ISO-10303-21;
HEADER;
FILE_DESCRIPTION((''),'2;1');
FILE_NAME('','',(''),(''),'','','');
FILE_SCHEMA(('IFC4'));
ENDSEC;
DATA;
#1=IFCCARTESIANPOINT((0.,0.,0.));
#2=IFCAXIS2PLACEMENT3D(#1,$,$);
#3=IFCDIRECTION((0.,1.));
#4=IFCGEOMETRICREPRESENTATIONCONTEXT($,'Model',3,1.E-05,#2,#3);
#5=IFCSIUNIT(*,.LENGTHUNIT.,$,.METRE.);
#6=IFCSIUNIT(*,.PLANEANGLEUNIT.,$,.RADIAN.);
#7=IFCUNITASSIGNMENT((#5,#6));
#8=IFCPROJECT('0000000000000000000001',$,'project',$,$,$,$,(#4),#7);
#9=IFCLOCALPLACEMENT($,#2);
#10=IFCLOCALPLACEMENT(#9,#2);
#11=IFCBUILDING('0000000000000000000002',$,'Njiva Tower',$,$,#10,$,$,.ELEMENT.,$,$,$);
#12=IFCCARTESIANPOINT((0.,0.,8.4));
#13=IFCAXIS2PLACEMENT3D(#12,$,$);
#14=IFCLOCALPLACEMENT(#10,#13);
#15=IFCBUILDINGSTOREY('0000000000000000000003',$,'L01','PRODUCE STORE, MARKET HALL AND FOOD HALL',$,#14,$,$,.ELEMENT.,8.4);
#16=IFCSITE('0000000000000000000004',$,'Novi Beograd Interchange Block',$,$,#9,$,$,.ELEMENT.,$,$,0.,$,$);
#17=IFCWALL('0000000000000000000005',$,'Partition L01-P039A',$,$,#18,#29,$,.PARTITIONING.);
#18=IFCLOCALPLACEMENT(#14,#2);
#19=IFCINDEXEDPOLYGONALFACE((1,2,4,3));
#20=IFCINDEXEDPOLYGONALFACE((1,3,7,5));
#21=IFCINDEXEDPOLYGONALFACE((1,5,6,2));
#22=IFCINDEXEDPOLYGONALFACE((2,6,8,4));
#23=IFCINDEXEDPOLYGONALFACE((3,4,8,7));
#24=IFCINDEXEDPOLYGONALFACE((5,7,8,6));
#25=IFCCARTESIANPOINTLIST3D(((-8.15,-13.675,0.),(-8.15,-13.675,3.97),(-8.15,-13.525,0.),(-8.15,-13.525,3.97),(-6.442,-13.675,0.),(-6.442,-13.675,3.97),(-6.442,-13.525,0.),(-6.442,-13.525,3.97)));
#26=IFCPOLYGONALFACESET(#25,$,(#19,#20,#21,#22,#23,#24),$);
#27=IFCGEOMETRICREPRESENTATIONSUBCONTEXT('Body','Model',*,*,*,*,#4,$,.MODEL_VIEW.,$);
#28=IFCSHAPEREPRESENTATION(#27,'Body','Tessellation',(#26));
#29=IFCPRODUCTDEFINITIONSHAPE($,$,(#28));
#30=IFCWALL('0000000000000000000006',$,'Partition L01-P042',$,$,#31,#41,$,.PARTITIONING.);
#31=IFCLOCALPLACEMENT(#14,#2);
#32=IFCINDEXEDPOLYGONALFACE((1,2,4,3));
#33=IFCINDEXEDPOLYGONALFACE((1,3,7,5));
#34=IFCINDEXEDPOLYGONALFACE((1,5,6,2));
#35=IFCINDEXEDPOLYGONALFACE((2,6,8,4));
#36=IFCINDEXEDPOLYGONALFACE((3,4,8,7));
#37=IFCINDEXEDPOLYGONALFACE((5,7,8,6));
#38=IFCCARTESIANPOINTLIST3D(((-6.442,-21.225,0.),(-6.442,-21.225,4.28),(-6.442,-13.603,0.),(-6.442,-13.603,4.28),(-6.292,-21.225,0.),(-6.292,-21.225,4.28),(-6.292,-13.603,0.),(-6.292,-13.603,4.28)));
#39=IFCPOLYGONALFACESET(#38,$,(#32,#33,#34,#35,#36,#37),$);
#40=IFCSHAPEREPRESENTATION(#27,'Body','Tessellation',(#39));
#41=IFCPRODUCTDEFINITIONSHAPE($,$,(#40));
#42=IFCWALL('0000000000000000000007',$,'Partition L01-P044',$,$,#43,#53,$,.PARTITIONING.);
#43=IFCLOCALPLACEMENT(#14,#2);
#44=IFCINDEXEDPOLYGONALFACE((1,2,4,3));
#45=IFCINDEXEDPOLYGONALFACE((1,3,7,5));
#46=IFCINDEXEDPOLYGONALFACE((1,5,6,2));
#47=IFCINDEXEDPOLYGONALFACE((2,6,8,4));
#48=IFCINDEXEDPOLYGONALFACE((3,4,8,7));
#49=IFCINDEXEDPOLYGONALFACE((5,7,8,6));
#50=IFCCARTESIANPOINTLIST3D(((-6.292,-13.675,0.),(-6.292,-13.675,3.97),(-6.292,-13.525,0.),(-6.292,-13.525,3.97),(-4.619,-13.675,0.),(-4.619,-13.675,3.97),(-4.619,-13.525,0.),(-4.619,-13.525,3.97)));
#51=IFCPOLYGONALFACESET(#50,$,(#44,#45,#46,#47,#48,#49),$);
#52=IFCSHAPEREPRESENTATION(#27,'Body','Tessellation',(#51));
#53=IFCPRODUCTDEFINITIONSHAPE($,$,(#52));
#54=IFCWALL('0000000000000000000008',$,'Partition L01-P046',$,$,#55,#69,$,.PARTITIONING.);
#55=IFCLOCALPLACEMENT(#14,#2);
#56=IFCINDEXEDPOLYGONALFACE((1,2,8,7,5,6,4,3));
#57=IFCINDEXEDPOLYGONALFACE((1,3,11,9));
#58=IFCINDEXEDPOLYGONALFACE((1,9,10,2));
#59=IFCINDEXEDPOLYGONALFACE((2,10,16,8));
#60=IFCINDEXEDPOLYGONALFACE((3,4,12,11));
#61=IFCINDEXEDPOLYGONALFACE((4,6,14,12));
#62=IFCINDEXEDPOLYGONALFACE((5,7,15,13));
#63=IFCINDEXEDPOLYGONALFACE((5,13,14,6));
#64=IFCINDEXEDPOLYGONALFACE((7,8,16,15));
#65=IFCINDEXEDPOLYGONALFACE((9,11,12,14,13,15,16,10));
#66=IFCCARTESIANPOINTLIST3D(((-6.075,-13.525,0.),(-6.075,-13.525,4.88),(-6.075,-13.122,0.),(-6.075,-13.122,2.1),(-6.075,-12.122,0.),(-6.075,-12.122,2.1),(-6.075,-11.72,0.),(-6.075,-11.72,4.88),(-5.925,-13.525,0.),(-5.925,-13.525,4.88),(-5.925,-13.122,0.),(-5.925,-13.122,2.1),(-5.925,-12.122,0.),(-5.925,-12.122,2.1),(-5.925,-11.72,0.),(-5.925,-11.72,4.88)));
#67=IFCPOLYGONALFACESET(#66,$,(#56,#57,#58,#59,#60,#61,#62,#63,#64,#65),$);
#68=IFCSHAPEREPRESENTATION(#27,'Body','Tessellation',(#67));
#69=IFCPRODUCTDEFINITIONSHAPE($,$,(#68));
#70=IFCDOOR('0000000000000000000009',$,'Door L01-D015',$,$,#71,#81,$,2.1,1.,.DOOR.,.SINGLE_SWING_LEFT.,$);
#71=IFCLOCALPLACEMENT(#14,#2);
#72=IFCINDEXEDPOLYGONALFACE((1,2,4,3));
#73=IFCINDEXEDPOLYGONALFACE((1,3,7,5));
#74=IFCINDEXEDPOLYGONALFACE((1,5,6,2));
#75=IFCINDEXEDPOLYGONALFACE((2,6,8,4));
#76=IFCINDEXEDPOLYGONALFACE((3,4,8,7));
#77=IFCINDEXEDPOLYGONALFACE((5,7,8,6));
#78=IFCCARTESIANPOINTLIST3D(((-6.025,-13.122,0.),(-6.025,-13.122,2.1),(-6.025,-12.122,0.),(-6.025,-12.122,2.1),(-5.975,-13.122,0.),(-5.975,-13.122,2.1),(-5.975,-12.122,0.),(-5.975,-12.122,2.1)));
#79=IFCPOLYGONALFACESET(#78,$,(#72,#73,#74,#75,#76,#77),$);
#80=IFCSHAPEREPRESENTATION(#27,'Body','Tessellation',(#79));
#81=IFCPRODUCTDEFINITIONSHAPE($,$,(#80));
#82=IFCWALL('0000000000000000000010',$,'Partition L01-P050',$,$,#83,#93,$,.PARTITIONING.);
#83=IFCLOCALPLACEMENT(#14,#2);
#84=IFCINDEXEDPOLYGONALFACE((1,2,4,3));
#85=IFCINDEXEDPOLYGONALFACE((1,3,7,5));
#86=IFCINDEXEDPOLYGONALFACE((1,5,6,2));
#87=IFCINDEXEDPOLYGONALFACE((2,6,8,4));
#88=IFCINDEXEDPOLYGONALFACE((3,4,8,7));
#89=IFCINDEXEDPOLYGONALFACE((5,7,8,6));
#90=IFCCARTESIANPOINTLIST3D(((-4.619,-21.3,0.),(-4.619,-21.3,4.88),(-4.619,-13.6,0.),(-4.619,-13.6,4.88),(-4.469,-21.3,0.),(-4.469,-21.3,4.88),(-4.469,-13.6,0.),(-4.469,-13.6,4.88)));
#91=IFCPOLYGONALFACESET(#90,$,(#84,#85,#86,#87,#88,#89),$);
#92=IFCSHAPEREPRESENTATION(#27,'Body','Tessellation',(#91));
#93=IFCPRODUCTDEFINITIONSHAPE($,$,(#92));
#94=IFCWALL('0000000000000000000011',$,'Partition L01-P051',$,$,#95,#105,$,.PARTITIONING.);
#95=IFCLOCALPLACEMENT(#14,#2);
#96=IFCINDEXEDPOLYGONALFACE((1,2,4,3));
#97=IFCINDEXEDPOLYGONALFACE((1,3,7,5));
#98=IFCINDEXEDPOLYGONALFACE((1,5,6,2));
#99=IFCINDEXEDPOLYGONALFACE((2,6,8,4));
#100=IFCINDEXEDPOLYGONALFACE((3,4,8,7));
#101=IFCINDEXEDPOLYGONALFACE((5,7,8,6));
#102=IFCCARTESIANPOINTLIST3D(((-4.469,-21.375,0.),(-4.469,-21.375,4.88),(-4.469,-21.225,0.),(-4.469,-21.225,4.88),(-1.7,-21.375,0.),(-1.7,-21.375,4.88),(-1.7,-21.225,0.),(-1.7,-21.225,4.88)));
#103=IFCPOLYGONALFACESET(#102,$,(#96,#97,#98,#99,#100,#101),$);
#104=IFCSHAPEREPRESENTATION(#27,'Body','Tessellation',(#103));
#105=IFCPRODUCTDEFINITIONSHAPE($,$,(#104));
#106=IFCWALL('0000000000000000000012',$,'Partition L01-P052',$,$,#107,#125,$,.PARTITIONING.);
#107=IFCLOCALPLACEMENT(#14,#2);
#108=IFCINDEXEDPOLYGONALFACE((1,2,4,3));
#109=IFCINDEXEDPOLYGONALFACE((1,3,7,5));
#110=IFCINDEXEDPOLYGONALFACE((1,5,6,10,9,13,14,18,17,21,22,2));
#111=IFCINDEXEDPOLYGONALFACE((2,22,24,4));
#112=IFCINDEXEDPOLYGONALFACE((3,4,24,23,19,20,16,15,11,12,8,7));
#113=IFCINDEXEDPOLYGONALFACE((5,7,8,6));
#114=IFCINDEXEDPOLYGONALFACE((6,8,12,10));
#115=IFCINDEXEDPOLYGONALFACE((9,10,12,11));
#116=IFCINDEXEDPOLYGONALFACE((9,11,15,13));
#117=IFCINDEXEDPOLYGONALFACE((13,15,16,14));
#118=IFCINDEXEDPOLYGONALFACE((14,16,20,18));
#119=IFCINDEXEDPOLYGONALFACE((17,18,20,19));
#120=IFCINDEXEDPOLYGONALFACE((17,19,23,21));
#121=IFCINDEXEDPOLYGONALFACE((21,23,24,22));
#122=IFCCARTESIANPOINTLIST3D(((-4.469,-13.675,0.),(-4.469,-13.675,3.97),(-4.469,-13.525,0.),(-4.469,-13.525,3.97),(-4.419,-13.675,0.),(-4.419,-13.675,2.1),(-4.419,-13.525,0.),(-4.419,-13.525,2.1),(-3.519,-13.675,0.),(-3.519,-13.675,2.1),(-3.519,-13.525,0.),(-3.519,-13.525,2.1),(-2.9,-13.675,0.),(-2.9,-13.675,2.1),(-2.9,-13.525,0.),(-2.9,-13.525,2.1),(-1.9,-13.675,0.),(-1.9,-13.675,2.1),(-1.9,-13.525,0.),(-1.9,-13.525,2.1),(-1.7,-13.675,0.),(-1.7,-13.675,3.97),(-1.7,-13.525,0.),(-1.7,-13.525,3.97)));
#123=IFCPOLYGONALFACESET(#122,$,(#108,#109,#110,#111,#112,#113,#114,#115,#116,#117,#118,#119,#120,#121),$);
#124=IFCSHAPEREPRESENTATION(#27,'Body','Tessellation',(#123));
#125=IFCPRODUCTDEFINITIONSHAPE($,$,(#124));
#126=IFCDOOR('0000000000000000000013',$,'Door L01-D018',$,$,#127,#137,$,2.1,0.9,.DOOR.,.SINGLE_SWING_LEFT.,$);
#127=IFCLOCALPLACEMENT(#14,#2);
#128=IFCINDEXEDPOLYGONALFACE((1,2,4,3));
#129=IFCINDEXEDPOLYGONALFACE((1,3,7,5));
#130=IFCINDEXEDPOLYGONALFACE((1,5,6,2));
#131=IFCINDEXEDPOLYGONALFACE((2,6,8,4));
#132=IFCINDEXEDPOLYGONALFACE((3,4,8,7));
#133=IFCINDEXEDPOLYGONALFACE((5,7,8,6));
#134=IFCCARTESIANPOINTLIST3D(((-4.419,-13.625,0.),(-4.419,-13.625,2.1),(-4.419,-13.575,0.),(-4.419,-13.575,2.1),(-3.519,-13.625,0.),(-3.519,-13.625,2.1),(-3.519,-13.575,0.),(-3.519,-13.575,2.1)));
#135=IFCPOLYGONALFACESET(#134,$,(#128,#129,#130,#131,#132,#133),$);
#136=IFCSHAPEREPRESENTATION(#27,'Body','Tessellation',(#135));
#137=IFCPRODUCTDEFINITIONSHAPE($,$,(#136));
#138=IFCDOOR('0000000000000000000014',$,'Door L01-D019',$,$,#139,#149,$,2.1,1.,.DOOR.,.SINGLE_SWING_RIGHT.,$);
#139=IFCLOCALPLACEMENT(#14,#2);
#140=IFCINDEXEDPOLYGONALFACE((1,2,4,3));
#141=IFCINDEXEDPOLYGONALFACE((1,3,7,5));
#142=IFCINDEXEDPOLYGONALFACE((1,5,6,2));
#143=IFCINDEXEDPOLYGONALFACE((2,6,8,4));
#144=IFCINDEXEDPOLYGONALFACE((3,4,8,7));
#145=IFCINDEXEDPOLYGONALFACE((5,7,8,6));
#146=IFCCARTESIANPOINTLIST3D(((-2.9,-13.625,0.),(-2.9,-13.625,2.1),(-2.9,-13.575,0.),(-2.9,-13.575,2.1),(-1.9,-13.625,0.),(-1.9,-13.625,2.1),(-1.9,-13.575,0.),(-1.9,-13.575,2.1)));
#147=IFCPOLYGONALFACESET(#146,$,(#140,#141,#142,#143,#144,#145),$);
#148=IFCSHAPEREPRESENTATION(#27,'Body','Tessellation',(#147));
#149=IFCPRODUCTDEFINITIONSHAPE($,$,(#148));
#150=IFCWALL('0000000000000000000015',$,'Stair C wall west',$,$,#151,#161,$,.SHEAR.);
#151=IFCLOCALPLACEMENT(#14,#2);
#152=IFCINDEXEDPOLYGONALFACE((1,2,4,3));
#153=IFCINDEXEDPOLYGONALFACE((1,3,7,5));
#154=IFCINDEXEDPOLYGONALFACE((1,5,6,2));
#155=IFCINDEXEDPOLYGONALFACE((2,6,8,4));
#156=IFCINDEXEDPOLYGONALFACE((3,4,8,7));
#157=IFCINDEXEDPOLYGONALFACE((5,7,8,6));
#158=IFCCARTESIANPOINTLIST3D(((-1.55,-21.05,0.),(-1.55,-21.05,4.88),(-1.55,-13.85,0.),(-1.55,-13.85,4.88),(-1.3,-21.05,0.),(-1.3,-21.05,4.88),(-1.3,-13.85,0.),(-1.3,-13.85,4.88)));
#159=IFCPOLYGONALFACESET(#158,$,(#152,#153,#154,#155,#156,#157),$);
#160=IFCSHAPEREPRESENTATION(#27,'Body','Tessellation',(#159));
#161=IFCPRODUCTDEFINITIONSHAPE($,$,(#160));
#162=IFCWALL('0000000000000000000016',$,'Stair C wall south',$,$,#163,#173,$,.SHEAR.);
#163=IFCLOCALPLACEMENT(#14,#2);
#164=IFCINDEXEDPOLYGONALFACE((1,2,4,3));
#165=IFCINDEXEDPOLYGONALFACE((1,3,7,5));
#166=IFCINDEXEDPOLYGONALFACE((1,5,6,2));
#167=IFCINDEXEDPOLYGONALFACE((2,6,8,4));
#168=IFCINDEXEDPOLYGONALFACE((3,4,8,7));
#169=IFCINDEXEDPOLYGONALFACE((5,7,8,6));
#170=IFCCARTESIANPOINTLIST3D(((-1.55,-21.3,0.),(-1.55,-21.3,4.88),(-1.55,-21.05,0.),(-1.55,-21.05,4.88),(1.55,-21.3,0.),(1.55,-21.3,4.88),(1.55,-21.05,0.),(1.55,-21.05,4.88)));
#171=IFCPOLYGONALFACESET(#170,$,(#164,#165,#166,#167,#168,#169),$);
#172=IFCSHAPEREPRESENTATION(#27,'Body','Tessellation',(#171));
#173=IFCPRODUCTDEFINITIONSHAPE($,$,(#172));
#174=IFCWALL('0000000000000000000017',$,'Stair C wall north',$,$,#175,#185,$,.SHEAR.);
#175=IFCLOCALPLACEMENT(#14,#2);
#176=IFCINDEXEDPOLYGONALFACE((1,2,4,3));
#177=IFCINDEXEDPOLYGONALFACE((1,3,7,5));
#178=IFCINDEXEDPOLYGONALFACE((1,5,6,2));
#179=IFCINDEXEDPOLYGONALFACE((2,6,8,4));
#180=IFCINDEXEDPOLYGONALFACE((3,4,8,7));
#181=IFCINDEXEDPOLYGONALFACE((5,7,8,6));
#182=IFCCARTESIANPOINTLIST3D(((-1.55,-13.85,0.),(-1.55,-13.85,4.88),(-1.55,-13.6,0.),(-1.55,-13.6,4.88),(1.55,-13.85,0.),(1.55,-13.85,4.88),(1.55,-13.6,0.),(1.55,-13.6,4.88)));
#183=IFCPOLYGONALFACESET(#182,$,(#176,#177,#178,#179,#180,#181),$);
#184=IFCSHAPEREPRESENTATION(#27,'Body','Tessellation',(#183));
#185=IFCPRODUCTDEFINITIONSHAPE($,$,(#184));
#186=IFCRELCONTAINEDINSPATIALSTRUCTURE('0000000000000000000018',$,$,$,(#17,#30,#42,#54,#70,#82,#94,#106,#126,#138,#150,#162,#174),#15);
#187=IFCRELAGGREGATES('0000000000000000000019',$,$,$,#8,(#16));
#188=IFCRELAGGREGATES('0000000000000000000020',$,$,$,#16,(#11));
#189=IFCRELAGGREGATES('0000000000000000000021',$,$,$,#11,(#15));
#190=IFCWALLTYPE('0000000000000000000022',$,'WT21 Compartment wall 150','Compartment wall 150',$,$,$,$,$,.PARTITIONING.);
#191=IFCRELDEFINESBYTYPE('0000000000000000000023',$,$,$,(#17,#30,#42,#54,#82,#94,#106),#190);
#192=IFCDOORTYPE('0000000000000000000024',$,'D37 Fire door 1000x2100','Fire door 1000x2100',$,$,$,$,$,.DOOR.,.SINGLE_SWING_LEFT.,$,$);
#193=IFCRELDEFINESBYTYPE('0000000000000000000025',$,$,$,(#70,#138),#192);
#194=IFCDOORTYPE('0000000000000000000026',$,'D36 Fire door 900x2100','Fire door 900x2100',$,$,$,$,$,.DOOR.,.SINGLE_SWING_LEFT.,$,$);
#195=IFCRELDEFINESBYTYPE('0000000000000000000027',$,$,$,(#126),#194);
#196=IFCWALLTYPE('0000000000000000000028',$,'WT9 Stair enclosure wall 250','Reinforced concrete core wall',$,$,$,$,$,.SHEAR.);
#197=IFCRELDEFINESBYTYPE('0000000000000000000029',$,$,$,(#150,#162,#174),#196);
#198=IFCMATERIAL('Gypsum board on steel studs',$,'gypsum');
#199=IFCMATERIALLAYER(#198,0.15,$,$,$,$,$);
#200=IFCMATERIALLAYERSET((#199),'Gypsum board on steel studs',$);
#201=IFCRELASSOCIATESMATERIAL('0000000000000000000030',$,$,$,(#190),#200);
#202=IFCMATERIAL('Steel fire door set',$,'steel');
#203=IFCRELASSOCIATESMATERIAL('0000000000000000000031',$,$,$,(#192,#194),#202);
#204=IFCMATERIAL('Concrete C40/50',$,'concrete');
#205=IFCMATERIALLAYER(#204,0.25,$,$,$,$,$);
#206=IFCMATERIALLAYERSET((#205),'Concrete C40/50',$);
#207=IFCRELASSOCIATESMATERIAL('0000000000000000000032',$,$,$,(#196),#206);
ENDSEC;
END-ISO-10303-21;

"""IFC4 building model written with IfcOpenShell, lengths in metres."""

from ifc_helpers import new_model, si_unit, direction, frame, frame_2d, origin, place, context, subcontext, project, spatial, rectangle, extrude, material, layer, layer_set, type_object, element, fill, save


model = new_model("IFC4")

# Units and contexts
model_context = context("Model", 3, precision=1e-05, world=origin(), true_north=direction((0.0, 1.0)))
body_context = subcontext(model_context, "Body", "Model", "MODEL_VIEW")
ifc_project = project(units=[si_unit("LENGTHUNIT", "METRE"), si_unit("PLANEANGLEUNIT", "RADIAN")], contexts=[model_context])

# Site, building, storey
site_placement = place(None, origin())
site = spatial("IfcSite", under=ifc_project, at=site_placement, Name="Novi Beograd Interchange Block", CompositionType="ELEMENT", RefElevation=0.0)
building_placement = place(site_placement, origin())
building = spatial("IfcBuilding", under=site, at=building_placement, Name="Njiva Tower", CompositionType="ELEMENT")
storey_placement = place(building_placement, frame((0.0, 0.0, 8.4)))
storey = spatial("IfcBuildingStorey", under=building, at=storey_placement, Name="L01", Description="PRODUCE STORE, MARKET HALL AND FOOD HALL", CompositionType="ELEMENT", Elevation=8.4)

# Shared definitions
ifc_material_1 = material(Name="Gypsum board on steel studs", Category="gypsum")

# Shared definitions
ifc_layer_1 = layer(ifc_material_1, 0.15)
ifc_layer_set_1 = layer_set([ifc_layer_1], Name="Gypsum board on steel studs")
wall_type_1 = type_object("IfcWallType", Name="WT21 Compartment wall 150", Description="Compartment wall 150", PredefinedType="PARTITIONING", material=ifc_layer_set_1)
ifc_material_2 = material(Name="Steel fire door set", Category="steel")
door_type_1 = type_object("IfcDoorType", Name="D37 Fire door 1000x2100", Description="Fire door 1000x2100", OperationType="SINGLE_SWING_LEFT", PredefinedType="DOOR", material=ifc_material_2)

# Walls
wall_1_placement = place(storey_placement, frame((-8.15, -13.6, 0.0), z_axis=(0.0, 0.0, 1.0), x_axis=(1.0, 0.0, 0.0)))
element("IfcWall", 1, at=wall_1_placement, inside=storey, type_object=wall_type_1, Name="Partition L01-P039A", PredefinedType="PARTITIONING", context=body_context, shape_type="SweptSolid", body=[
    extrude(rectangle(XDim=1.708, YDim=0.15, at=frame_2d((0.854, 0.0))), origin(), (0.0, 0.0, 1.0), 3.97),
])
wall_2_placement = place(storey_placement, frame((-6.367, -21.225, 0.0), z_axis=(0.0, 0.0, 1.0), x_axis=(0.0, 1.0, 0.0)))
element("IfcWall", 2, at=wall_2_placement, inside=storey, type_object=wall_type_1, Name="Partition L01-P042", PredefinedType="PARTITIONING", context=body_context, shape_type="SweptSolid", body=[
    extrude(rectangle(XDim=7.622, YDim=0.15, at=frame_2d((3.811, 0.0))), origin(), (0.0, 0.0, 1.0), 4.28),
])
wall_3_placement = place(storey_placement, frame((-6.292, -13.6, 0.0), z_axis=(0.0, 0.0, 1.0), x_axis=(1.0, 0.0, 0.0)))
element("IfcWall", 3, at=wall_3_placement, inside=storey, type_object=wall_type_1, Name="Partition L01-P044", PredefinedType="PARTITIONING", context=body_context, shape_type="SweptSolid", body=[
    extrude(rectangle(XDim=1.673, YDim=0.15, at=frame_2d((0.8365, 0.0))), origin(), (0.0, 0.0, 1.0), 3.97),
])

# Wall, opening, door
wall_4_placement = place(storey_placement, frame((-6.0, -13.525, 0.0), z_axis=(0.0, 0.0, 1.0), x_axis=(0.0, 1.0, 0.0)))
wall_4 = element("IfcWall", 4, at=wall_4_placement, inside=storey, type_object=wall_type_1, Name="Partition L01-P046", PredefinedType="PARTITIONING", context=body_context, shape_type="SweptSolid", body=[
    extrude(rectangle(XDim=1.805, YDim=0.15, at=frame_2d((0.9025, 0.0))), origin(), (0.0, 0.0, 1.0), 4.88),
])
opening_1_placement = place(wall_4_placement, frame((0.403, 0.0, 0.0)))
opening_1 = element("IfcOpeningElement", 5, at=opening_1_placement, cuts=wall_4, PredefinedType="OPENING", context=body_context, shape_type="SweptSolid", body=[
    extrude(rectangle(XDim=1.0, YDim=2.1, at=frame_2d((0.5, 1.05))), frame((0.0, 0.085, 0.0), z_axis=(0.0, -1.0, 0.0), x_axis=(1.0, 0.0, 0.0)), (0.0, 0.0, 1.0), 0.17),
])
door_1_placement = place(opening_1_placement, origin())
door_1 = element("IfcDoor", 6, at=door_1_placement, inside=storey, type_object=door_type_1, Name="Door L01-D015", OperationType="SINGLE_SWING_LEFT", OverallHeight=2.1, OverallWidth=1.0, PredefinedType="DOOR", context=body_context, shape_type="SweptSolid", body=[
    extrude(rectangle(XDim=1.0, YDim=2.1, at=frame_2d((0.5, 1.05))), frame((0.0, 0.025, 0.0), z_axis=(0.0, -1.0, 0.0), x_axis=(1.0, 0.0, 0.0)), (0.0, 0.0, 1.0), 0.05),
])
fill(opening_1, door_1)

# Walls
wall_5_placement = place(storey_placement, frame((-4.544, -21.3, 0.0), z_axis=(0.0, 0.0, 1.0), x_axis=(0.0, 1.0, 0.0)))
element("IfcWall", 7, at=wall_5_placement, inside=storey, type_object=wall_type_1, Name="Partition L01-P050", PredefinedType="PARTITIONING", context=body_context, shape_type="SweptSolid", body=[
    extrude(rectangle(XDim=7.7, YDim=0.15, at=frame_2d((3.85, 0.0))), origin(), (0.0, 0.0, 1.0), 4.88),
])
wall_6_placement = place(storey_placement, frame((-4.469, -21.3, 0.0), z_axis=(0.0, 0.0, 1.0), x_axis=(1.0, 0.0, 0.0)))
element("IfcWall", 8, at=wall_6_placement, inside=storey, type_object=wall_type_1, Name="Partition L01-P051", PredefinedType="PARTITIONING", context=body_context, shape_type="SweptSolid", body=[
    extrude(rectangle(XDim=2.769, YDim=0.15, at=frame_2d((1.3845, 0.0))), origin(), (0.0, 0.0, 1.0), 4.88),
])

# Wall, openings, doors
wall_7_placement = place(storey_placement, frame((-4.469, -13.6, 0.0), z_axis=(0.0, 0.0, 1.0), x_axis=(1.0, 0.0, 0.0)))
wall_7 = element("IfcWall", 9, at=wall_7_placement, inside=storey, type_object=wall_type_1, Name="Partition L01-P052", PredefinedType="PARTITIONING", context=body_context, shape_type="SweptSolid", body=[
    extrude(rectangle(XDim=2.769, YDim=0.15, at=frame_2d((1.3845, 0.0))), origin(), (0.0, 0.0, 1.0), 3.97),
])
opening_2_placement = place(wall_7_placement, frame((0.05, 0.0, 0.0)))
opening_2 = element("IfcOpeningElement", 10, at=opening_2_placement, cuts=wall_7, PredefinedType="OPENING", context=body_context, shape_type="SweptSolid", body=[
    extrude(rectangle(XDim=0.9, YDim=2.1, at=frame_2d((0.45, 1.05))), frame((0.0, 0.085, 0.0), z_axis=(0.0, -1.0, 0.0), x_axis=(1.0, 0.0, 0.0)), (0.0, 0.0, 1.0), 0.17),
])
opening_3_placement = place(wall_7_placement, frame((1.569, 0.0, 0.0)))
opening_3 = element("IfcOpeningElement", 11, at=opening_3_placement, cuts=wall_7, PredefinedType="OPENING", context=body_context, shape_type="SweptSolid", body=[
    extrude(rectangle(XDim=1.0, YDim=2.1, at=frame_2d((0.5, 1.05))), frame((0.0, 0.085, 0.0), z_axis=(0.0, -1.0, 0.0), x_axis=(1.0, 0.0, 0.0)), (0.0, 0.0, 1.0), 0.17),
])
door_type_2 = type_object("IfcDoorType", Name="D36 Fire door 900x2100", Description="Fire door 900x2100", OperationType="SINGLE_SWING_LEFT", PredefinedType="DOOR", material=ifc_material_2)
door_2_placement = place(opening_2_placement, origin())
door_2 = element("IfcDoor", 12, at=door_2_placement, inside=storey, type_object=door_type_2, Name="Door L01-D018", OperationType="SINGLE_SWING_LEFT", OverallHeight=2.1, OverallWidth=0.9, PredefinedType="DOOR", context=body_context, shape_type="SweptSolid", body=[
    extrude(rectangle(XDim=0.9, YDim=2.1, at=frame_2d((0.45, 1.05))), frame((0.0, 0.025, 0.0), z_axis=(0.0, -1.0, 0.0), x_axis=(1.0, 0.0, 0.0)), (0.0, 0.0, 1.0), 0.05),
])
fill(opening_2, door_2)
door_3_placement = place(opening_3_placement, origin())
door_3 = element("IfcDoor", 13, at=door_3_placement, inside=storey, type_object=door_type_1, Name="Door L01-D019", OperationType="SINGLE_SWING_RIGHT", OverallHeight=2.1, OverallWidth=1.0, PredefinedType="DOOR", context=body_context, shape_type="SweptSolid", body=[
    extrude(rectangle(XDim=1.0, YDim=2.1, at=frame_2d((0.5, 1.05))), frame((0.0, 0.025, 0.0), z_axis=(0.0, -1.0, 0.0), x_axis=(1.0, 0.0, 0.0)), (0.0, 0.0, 1.0), 0.05),
])
fill(opening_3, door_3)

# Walls
ifc_material_3 = material(Name="Concrete C40/50", Category="concrete")
ifc_layer_2 = layer(ifc_material_3, 0.25)
ifc_layer_set_2 = layer_set([ifc_layer_2], Name="Concrete C40/50")
wall_type_2 = type_object("IfcWallType", Name="WT9 Stair enclosure wall 250", Description="Reinforced concrete core wall", PredefinedType="SHEAR", material=ifc_layer_set_2)
wall_8_placement = place(storey_placement, frame((-1.425, -21.05, 0.0), z_axis=(0.0, 0.0, 1.0), x_axis=(0.0, 1.0, 0.0)))
element("IfcWall", 14, at=wall_8_placement, inside=storey, type_object=wall_type_2, Name="Stair C wall west", PredefinedType="SHEAR", context=body_context, shape_type="SweptSolid", body=[
    extrude(rectangle(XDim=7.2, YDim=0.25, at=frame_2d((3.6, 0.0))), origin(), (0.0, 0.0, 1.0), 4.88),
])
for number, where, z_axis, x_axis, name in (
    (15, (-1.55, -21.175, 0.0), (0.0, 0.0, 1.0), (1.0, 0.0, 0.0), "Stair C wall south"),
    (16, (-1.55, -13.725, 0.0), (0.0, 0.0, 1.0), (1.0, 0.0, 0.0), "Stair C wall north"),
):
    element("IfcWall", number, at=place(storey_placement, frame(where, z_axis=z_axis, x_axis=x_axis)), inside=storey, type_object=wall_type_2, Name=name, PredefinedType="SHEAR", context=body_context, shape_type="SweptSolid", body=[
        extrude(rectangle(XDim=3.1, YDim=0.25, at=frame_2d((1.55, 0.0))), origin(), (0.0, 0.0, 1.0), 4.88),
    ])

save(model, "model.ifc")
